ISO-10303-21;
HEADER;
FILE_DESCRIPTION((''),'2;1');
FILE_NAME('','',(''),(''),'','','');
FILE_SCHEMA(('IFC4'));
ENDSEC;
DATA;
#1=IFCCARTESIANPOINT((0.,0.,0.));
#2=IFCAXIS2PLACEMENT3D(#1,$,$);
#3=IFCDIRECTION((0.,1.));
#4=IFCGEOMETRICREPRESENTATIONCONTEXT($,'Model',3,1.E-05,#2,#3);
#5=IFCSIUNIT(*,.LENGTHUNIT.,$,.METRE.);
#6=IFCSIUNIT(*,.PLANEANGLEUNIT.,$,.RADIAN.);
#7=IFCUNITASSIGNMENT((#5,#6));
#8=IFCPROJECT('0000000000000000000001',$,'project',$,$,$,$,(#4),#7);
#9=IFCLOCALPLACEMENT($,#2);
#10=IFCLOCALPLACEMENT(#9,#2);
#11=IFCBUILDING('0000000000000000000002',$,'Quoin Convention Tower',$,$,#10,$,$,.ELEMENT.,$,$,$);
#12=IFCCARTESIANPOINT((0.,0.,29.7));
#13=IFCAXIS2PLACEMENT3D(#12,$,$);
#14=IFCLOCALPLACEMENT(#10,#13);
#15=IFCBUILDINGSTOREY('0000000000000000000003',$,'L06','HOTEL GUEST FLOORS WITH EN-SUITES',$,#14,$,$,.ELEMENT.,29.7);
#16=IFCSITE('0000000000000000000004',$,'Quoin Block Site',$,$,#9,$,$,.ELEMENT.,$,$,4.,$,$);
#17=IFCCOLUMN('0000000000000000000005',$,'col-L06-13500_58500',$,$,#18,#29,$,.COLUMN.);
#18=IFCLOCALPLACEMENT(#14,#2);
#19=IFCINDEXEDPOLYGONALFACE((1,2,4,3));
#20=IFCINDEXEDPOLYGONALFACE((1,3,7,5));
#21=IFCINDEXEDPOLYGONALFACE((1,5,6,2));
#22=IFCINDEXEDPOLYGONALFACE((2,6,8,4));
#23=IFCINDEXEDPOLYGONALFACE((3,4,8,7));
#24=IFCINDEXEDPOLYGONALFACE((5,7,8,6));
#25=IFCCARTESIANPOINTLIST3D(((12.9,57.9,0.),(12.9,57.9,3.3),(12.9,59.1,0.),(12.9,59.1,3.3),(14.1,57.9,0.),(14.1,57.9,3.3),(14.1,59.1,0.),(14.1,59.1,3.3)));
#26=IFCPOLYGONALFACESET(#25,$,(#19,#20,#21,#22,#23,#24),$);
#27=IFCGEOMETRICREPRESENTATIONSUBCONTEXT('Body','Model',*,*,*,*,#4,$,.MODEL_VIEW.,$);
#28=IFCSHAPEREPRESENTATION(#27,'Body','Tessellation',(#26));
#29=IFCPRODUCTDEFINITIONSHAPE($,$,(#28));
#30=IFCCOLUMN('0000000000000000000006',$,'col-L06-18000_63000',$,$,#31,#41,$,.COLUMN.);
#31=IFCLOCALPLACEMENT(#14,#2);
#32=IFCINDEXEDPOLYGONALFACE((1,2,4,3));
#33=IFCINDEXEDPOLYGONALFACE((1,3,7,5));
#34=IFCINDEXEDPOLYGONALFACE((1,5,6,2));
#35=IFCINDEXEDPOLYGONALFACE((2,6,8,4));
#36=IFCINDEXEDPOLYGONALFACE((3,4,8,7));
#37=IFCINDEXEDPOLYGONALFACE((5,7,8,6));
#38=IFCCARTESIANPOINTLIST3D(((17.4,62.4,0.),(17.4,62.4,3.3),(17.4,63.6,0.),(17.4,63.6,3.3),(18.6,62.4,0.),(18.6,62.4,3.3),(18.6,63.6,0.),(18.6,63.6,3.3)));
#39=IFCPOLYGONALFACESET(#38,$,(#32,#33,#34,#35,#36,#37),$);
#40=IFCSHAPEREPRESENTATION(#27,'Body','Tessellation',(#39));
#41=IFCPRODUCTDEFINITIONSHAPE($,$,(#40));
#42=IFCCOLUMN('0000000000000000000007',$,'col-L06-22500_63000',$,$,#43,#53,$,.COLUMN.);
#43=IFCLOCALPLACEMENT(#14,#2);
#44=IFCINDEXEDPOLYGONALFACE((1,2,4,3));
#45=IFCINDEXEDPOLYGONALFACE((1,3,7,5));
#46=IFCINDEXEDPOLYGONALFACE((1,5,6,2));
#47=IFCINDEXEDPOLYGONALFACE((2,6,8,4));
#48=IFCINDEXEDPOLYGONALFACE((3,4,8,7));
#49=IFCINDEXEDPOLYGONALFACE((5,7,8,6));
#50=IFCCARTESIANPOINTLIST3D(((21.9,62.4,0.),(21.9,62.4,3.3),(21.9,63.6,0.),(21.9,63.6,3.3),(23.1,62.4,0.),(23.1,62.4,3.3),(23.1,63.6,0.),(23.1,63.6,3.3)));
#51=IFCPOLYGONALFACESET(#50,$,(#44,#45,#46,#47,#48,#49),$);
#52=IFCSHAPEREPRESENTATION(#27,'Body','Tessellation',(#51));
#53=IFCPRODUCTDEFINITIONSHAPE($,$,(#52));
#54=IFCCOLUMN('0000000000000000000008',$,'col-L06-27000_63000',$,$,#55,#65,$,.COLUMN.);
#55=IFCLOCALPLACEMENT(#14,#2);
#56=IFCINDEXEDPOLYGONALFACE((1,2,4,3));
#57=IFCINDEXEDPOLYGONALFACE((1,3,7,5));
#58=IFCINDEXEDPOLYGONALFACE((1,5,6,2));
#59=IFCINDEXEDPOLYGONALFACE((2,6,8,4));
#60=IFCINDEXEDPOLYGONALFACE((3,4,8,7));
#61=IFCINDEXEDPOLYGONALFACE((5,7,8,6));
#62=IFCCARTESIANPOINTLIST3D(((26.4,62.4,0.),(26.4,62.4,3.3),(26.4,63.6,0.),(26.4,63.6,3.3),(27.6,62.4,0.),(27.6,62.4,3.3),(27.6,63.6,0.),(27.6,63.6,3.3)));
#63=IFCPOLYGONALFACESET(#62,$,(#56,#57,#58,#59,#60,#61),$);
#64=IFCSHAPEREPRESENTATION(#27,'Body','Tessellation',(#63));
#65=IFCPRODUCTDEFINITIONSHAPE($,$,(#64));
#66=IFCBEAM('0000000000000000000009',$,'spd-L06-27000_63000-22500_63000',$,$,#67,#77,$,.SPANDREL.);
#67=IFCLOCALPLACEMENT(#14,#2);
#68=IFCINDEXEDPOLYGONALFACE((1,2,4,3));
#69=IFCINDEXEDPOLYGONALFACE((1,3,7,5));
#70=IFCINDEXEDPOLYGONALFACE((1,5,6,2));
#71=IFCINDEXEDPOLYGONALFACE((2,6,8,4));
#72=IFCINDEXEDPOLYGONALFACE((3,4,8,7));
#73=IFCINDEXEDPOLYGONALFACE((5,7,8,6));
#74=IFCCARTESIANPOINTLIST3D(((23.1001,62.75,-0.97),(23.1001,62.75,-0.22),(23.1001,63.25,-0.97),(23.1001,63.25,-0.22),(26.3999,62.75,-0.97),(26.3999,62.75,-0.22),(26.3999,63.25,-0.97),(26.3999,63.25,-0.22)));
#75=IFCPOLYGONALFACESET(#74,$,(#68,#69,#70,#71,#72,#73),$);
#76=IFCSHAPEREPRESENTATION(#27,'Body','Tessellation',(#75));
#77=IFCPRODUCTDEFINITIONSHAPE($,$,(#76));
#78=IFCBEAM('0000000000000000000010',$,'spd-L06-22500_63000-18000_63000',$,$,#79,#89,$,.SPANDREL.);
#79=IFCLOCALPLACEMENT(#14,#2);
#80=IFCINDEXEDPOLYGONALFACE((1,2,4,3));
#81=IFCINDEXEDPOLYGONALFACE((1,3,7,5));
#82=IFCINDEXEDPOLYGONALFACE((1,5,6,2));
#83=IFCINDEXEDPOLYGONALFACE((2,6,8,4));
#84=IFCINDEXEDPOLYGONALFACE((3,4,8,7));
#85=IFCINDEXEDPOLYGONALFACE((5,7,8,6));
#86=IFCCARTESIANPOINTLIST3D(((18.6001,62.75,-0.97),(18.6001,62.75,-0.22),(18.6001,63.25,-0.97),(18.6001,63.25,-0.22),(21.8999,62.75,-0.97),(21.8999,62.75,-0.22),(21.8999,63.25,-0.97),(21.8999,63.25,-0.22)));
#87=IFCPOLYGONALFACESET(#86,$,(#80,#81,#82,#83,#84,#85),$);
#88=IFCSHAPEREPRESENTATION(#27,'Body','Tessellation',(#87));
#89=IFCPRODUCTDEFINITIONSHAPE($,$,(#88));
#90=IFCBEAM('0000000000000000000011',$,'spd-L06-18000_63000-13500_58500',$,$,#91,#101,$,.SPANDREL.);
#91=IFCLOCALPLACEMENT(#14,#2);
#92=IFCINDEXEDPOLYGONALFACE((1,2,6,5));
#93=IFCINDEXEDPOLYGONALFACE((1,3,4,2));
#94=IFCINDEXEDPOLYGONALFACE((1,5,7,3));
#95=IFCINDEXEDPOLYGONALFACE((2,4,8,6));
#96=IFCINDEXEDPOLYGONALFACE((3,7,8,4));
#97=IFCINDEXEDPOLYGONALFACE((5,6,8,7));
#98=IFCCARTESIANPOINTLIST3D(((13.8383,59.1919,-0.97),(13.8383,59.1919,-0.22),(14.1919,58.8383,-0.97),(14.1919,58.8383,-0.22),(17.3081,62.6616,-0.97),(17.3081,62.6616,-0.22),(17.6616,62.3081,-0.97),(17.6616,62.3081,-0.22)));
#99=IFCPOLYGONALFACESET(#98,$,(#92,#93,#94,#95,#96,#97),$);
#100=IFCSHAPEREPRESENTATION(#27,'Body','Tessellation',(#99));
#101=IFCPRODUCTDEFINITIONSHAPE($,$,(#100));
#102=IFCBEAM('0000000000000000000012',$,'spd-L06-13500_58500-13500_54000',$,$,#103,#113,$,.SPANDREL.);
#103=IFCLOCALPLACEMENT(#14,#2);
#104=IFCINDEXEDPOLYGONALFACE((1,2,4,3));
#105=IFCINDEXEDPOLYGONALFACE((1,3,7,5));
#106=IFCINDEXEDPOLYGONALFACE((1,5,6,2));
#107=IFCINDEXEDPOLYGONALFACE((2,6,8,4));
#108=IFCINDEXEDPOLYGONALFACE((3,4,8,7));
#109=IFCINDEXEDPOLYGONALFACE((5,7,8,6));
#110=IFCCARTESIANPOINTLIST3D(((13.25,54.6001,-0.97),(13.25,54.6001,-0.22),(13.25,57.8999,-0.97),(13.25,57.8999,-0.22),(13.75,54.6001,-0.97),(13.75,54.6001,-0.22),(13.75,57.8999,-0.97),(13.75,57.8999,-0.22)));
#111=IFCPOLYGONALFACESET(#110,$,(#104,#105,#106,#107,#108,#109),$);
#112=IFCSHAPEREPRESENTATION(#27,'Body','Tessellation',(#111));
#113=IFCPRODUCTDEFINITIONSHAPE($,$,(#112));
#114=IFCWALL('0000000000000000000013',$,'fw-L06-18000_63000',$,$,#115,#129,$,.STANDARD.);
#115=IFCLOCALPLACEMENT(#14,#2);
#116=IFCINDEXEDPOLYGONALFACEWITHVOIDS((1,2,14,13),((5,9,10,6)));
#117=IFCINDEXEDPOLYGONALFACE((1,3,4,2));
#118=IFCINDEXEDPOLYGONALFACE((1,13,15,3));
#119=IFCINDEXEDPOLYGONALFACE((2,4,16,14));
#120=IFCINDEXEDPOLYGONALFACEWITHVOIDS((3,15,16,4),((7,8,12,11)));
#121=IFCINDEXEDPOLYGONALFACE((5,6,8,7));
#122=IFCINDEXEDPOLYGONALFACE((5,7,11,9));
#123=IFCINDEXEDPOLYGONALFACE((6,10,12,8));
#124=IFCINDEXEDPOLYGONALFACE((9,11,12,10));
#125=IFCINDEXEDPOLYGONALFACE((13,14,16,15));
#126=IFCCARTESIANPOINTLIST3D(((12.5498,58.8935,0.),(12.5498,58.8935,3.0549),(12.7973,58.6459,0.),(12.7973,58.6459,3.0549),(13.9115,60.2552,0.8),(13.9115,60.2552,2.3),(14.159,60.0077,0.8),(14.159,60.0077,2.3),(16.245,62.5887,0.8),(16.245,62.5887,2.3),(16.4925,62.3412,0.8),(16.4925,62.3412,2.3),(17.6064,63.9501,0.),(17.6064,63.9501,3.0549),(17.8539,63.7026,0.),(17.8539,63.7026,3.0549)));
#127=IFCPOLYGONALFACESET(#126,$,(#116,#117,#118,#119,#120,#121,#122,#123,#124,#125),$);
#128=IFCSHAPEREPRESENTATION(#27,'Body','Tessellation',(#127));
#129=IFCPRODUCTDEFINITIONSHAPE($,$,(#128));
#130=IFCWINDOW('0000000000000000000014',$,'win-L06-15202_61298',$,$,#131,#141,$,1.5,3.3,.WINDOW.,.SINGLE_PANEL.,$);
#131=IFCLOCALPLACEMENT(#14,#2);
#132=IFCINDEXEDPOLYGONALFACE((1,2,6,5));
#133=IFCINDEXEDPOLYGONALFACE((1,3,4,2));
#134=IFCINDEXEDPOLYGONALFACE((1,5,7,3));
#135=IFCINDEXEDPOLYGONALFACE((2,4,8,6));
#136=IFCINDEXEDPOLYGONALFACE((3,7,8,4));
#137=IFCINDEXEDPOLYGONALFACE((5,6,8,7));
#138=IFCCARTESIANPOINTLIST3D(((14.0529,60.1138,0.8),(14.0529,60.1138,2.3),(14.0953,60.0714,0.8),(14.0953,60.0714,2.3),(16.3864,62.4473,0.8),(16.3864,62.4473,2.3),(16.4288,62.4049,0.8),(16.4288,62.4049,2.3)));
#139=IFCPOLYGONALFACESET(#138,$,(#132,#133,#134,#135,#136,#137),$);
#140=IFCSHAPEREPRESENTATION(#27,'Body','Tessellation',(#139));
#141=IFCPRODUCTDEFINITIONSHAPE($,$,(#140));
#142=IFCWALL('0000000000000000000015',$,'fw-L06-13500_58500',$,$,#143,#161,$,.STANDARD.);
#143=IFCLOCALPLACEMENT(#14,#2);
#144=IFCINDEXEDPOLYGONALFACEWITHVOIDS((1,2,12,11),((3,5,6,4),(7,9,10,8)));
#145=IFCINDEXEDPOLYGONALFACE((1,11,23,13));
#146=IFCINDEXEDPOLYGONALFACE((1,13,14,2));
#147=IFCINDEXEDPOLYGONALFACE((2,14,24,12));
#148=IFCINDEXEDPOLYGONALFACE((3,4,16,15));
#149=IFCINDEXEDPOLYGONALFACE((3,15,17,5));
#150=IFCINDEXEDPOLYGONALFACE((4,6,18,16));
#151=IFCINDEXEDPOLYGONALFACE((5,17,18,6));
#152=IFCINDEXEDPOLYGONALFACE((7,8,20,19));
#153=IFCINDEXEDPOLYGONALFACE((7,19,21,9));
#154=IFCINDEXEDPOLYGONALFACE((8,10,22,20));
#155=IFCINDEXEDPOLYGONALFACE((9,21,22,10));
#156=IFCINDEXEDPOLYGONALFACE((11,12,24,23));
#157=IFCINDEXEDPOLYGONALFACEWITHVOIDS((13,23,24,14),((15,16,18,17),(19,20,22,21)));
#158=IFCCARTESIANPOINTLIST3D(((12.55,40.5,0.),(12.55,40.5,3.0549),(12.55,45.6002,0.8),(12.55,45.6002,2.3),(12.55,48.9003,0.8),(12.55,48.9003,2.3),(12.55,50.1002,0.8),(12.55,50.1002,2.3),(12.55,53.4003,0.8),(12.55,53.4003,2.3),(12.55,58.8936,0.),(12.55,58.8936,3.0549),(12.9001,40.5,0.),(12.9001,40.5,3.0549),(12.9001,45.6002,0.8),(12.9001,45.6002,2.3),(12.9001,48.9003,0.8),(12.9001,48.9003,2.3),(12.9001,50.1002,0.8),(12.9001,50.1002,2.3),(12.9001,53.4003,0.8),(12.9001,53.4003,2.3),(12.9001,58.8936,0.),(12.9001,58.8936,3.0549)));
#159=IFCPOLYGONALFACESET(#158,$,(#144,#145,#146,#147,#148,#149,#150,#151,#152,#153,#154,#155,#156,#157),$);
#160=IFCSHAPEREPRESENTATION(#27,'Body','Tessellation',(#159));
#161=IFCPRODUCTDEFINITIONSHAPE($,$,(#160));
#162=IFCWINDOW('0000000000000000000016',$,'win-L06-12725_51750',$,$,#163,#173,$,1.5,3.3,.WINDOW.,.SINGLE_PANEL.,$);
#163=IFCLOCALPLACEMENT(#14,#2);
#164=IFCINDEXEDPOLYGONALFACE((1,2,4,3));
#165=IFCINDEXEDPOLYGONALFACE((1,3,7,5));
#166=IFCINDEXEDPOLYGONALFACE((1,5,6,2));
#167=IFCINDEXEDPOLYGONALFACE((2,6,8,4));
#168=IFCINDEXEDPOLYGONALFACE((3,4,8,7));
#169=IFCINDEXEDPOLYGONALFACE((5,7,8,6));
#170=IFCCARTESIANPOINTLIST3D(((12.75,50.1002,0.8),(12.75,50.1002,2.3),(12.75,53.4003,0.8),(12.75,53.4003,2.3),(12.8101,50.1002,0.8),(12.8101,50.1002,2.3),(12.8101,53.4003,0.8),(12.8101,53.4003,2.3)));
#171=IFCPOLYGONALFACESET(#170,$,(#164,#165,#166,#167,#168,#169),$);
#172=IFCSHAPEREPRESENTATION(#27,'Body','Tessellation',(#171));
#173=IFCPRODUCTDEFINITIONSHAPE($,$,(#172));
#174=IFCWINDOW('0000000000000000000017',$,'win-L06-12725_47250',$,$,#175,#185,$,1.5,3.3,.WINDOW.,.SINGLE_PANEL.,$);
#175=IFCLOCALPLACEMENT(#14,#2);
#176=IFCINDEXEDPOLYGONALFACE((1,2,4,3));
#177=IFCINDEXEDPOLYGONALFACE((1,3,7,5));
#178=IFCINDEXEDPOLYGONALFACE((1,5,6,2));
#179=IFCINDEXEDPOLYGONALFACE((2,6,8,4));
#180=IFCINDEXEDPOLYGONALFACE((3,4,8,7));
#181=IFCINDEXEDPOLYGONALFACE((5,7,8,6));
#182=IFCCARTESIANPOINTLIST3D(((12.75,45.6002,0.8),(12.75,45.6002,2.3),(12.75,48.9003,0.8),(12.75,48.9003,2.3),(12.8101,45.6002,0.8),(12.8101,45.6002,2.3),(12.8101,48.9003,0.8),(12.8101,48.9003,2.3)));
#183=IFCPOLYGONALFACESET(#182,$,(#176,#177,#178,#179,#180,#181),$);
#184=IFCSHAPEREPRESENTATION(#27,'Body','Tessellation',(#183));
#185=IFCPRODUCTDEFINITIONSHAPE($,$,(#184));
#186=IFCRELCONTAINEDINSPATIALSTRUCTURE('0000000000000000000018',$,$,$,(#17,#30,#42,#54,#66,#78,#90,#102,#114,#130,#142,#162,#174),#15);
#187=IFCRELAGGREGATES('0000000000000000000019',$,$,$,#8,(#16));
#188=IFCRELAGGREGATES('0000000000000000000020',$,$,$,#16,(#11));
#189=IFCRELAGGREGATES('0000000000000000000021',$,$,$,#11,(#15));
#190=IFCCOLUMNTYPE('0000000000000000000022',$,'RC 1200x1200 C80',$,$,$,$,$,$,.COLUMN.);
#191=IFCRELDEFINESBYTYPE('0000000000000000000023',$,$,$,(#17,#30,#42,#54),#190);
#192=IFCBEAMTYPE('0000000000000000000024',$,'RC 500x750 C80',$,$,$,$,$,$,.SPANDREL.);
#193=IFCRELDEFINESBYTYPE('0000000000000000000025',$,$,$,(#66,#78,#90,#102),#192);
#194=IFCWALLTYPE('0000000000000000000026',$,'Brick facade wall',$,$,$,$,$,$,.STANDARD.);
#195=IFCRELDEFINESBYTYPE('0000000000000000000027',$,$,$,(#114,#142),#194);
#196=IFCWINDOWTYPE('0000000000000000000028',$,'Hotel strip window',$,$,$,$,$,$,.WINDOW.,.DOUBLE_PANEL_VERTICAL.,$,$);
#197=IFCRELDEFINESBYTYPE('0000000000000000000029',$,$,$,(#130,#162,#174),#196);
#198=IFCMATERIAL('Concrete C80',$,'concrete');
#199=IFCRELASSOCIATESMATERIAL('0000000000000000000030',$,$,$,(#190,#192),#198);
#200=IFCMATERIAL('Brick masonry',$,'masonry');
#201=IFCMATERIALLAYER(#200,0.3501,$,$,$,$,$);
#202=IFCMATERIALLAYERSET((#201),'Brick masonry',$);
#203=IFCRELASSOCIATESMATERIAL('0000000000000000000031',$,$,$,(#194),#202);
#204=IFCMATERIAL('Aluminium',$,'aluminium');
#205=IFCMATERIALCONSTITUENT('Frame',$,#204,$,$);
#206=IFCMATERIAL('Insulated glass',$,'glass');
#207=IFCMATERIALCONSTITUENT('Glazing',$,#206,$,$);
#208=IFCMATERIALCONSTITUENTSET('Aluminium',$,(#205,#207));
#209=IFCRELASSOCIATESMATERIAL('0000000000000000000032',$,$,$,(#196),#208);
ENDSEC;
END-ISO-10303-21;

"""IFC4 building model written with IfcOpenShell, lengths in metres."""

from ifc_helpers import new_model, si_unit, direction, frame, frame_2d, origin, origin_2d, place, context, subcontext, project, spatial, rectangle, extrude, material, layer, layer_set, constituent, constituent_set, material_profile, profile_set, type_object, element, fill, save


model = new_model("IFC4")

# Units and contexts
model_context = context("Model", 3, precision=1e-05, world=origin(), true_north=direction((0.0, 1.0)))
body_context = subcontext(model_context, "Body", "Model", "MODEL_VIEW")
ifc_project = project(units=[si_unit("LENGTHUNIT", "METRE"), si_unit("PLANEANGLEUNIT", "RADIAN")], contexts=[model_context])

# Site, building, storey
site_placement = place(None, origin())
site = spatial("IfcSite", under=ifc_project, at=site_placement, Name="Quoin Block Site", CompositionType="ELEMENT", RefElevation=4.0)
building_placement = place(site_placement, origin())
building = spatial("IfcBuilding", under=site, at=building_placement, Name="Quoin Convention Tower", CompositionType="ELEMENT")
storey_placement = place(building_placement, frame((0.0, 0.0, 29.7)))
storey = spatial("IfcBuildingStorey", under=building, at=storey_placement, Name="L06", Description="HOTEL GUEST FLOORS WITH EN-SUITES", CompositionType="ELEMENT", Elevation=29.7)

# Columns
ifc_material_1 = material(Name="Concrete C80", Category="concrete")
ifc_material_profile_1 = material_profile(ifc_material_1, rectangle(XDim=1.2, YDim=1.2, at=origin_2d()), Name="RC 1200x1200")
ifc_profile_set_1 = profile_set([ifc_material_profile_1], Name="Concrete C80")
column_type = type_object("IfcColumnType", Name="RC 1200x1200 C80", PredefinedType="COLUMN", material=ifc_profile_set_1)
for number, where, z_axis, x_axis, name in (
    (1, (13.5, 58.5, 0.0), (0.0, 0.0, 1.0), (1.0, 0.0, 0.0), "col-L06-13500_58500"),
    (2, (18.0, 63.0, 0.0), (0.0, 0.0, 1.0), (1.0, 0.0, 0.0), "col-L06-18000_63000"),
    (3, (22.5, 63.0, 0.0), (0.0, 0.0, 1.0), (1.0, 0.0, 0.0), "col-L06-22500_63000"),
    (4, (27.0, 63.0, 0.0), (0.0, 0.0, 1.0), (1.0, 0.0, 0.0), "col-L06-27000_63000"),
):
    element("IfcColumn", number, at=place(storey_placement, frame(where, z_axis=z_axis, x_axis=x_axis)), inside=storey, type_object=column_type, Name=name, PredefinedType="COLUMN", context=body_context, shape_type="SweptSolid", body=[
        extrude(rectangle(XDim=1.2, YDim=1.2, at=origin_2d()), origin(), (0.0, 0.0, 1.0), 3.3),
    ])

# Beams
ifc_material_profile_2 = material_profile(ifc_material_1, rectangle(XDim=0.5, YDim=0.75, at=origin_2d()), Name="RC 500x750")
ifc_profile_set_2 = profile_set([ifc_material_profile_2], Name="Concrete C80")
beam_type = type_object("IfcBeamType", Name="RC 500x750 C80", PredefinedType="SPANDREL", material=ifc_profile_set_2)
for number, where, z_axis, x_axis, name in (
    (5, (26.3999, 63.0, -0.595), (-1.0, 0.0, 0.0), (0.0, -1.0, 0.0), "spd-L06-27000_63000-22500_63000"),
    (6, (21.8999, 63.0, -0.595), (-1.0, 0.0, 0.0), (0.0, -1.0, 0.0), "spd-L06-22500_63000-18000_63000"),
):
    element("IfcBeam", number, at=place(storey_placement, frame(where, z_axis=z_axis, x_axis=x_axis)), inside=storey, type_object=beam_type, Name=name, PredefinedType="SPANDREL", context=body_context, shape_type="SweptSolid", body=[
        extrude(rectangle(XDim=0.5, YDim=0.75, at=origin_2d()), origin(), (0.0, 0.0, 1.0), 3.2998),
    ])
beam_1_placement = place(storey_placement, frame((17.4849, 62.4849, -0.595), z_axis=(-0.707107, -0.707107, 0.0), x_axis=(0.707107, -0.707107, 0.0)))
element("IfcBeam", 7, at=beam_1_placement, inside=storey, type_object=beam_type, Name="spd-L06-18000_63000-13500_58500", PredefinedType="SPANDREL", context=body_context, shape_type="SweptSolid", body=[
    extrude(rectangle(XDim=0.5, YDim=0.75, at=origin_2d()), origin(), (0.0, 0.0, 1.0), 4.907),
])
beam_2_placement = place(storey_placement, frame((13.5, 57.8999, -0.595), z_axis=(0.0, -1.0, 0.0), x_axis=(1.0, 0.0, 0.0)))
element("IfcBeam", 8, at=beam_2_placement, inside=storey, type_object=beam_type, Name="spd-L06-13500_58500-13500_54000", PredefinedType="SPANDREL", context=body_context, shape_type="SweptSolid", body=[
    extrude(rectangle(XDim=0.5, YDim=0.75, at=origin_2d()), origin(), (0.0, 0.0, 1.0), 3.2998),
])

# Wall, opening, window
ifc_material_2 = material(Name="Brick masonry", Category="masonry")
ifc_layer_1 = layer(ifc_material_2, 0.3501)
ifc_layer_set_1 = layer_set([ifc_layer_1], Name="Brick masonry")
wall_type_1 = type_object("IfcWallType", Name="Brick facade wall", PredefinedType="STANDARD", material=ifc_layer_set_1)
wall_1_placement = place(storey_placement, frame((17.7302, 63.8264, 0.0), z_axis=(0.0, 0.0, 1.0), x_axis=(-0.707107, -0.707107, 0.0)))
wall_1 = element("IfcWall", 9, at=wall_1_placement, inside=storey, type_object=wall_type_1, Name="fw-L06-18000_63000", PredefinedType="STANDARD", context=body_context, shape_type="SweptSolid", body=[
    extrude(rectangle(XDim=7.1511, YDim=0.3501, at=frame_2d((3.5757, 0.0))), origin(), (0.0, 0.0, 1.0), 3.0549),
])
opening_1_placement = place(wall_1_placement, frame((1.9255, 0.0, 0.8)))
opening_1 = element("IfcOpeningElement", 10, at=opening_1_placement, cuts=wall_1, PredefinedType="OPENING", context=body_context, shape_type="SweptSolid", body=[
    extrude(rectangle(XDim=3.3, YDim=1.5, at=frame_2d((1.6499, 0.75))), frame((0.0, 0.1851, 0.0), z_axis=(0.0, -1.0, 0.0), x_axis=(1.0, 0.0, 0.0)), (0.0, 0.0, 1.0), 0.3701),
])
ifc_material_3 = material(Name="Aluminium", Category="aluminium")
ifc_constituent_1 = constituent(ifc_material_3, Name="Frame")
ifc_material_4 = material(Name="Insulated glass", Category="glass")
ifc_constituent_2 = constituent(ifc_material_4, Name="Glazing")
ifc_constituent_set = constituent_set(constituents=[ifc_constituent_1, ifc_constituent_2], Name="Aluminium")
window_type = type_object("IfcWindowType", Name="Hotel strip window", PartitioningType="DOUBLE_PANEL_VERTICAL", PredefinedType="WINDOW", material=ifc_constituent_set)
window_1_placement = place(opening_1_placement, origin())
window_1 = element("IfcWindow", 11, at=window_1_placement, inside=storey, type_object=window_type, Name="win-L06-15202_61298", OverallHeight=1.5, OverallWidth=3.3, PartitioningType="SINGLE_PANEL", PredefinedType="WINDOW", context=body_context, shape_type="SweptSolid", body=[
    extrude(rectangle(XDim=3.3, YDim=1.5, at=frame_2d((1.6499, 0.75))), frame((0.0, 0.085, 0.0), z_axis=(0.0, -1.0, 0.0), x_axis=(1.0, 0.0, 0.0)), (0.0, 0.0, 1.0), 0.0601),
])
fill(opening_1, window_1)

# Wall, openings, windows
wall_2_placement = place(storey_placement, frame((12.7251, 58.8936, 0.0), z_axis=(0.0, 0.0, 1.0), x_axis=(0.0, -1.0, 0.0)))
wall_2 = element("IfcWall", 12, at=wall_2_placement, inside=storey, type_object=wall_type_1, Name="fw-L06-13500_58500", PredefinedType="STANDARD", context=body_context, shape_type="SweptSolid", body=[
    extrude(rectangle(XDim=18.3936, YDim=0.3501, at=frame_2d((9.1968, 0.0))), origin(), (0.0, 0.0, 1.0), 3.0549),
])
opening_2_placement = place(wall_2_placement, frame((5.4934, 0.0, 0.8)))
opening_2 = element("IfcOpeningElement", 13, at=opening_2_placement, cuts=wall_2, PredefinedType="OPENING", context=body_context, shape_type="SweptSolid", body=[
    extrude(rectangle(XDim=3.3, YDim=1.5, at=frame_2d((1.6499, 0.75))), frame((0.0, 0.1851, 0.0), z_axis=(0.0, -1.0, 0.0), x_axis=(1.0, 0.0, 0.0)), (0.0, 0.0, 1.0), 0.3701),
])
opening_3_placement = place(wall_2_placement, frame((9.9934, 0.0, 0.8)))
opening_3 = element("IfcOpeningElement", 14, at=opening_3_placement, cuts=wall_2, PredefinedType="OPENING", context=body_context, shape_type="SweptSolid", body=[
    extrude(rectangle(XDim=3.3, YDim=1.5, at=frame_2d((1.6499, 0.75))), frame((0.0, 0.1851, 0.0), z_axis=(0.0, -1.0, 0.0), x_axis=(1.0, 0.0, 0.0)), (0.0, 0.0, 1.0), 0.3701),
])
window_2_placement = place(opening_2_placement, origin())
window_2 = element("IfcWindow", 15, at=window_2_placement, inside=storey, type_object=window_type, Name="win-L06-12725_51750", OverallHeight=1.5, OverallWidth=3.3, PartitioningType="SINGLE_PANEL", PredefinedType="WINDOW", context=body_context, shape_type="SweptSolid", body=[
    extrude(rectangle(XDim=3.3, YDim=1.5, at=frame_2d((1.6499, 0.75))), frame((0.0, 0.085, 0.0), z_axis=(0.0, -1.0, 0.0), x_axis=(1.0, 0.0, 0.0)), (0.0, 0.0, 1.0), 0.0601),
])
fill(opening_2, window_2)
window_3_placement = place(opening_3_placement, origin())
window_3 = element("IfcWindow", 16, at=window_3_placement, inside=storey, type_object=window_type, Name="win-L06-12725_47250", OverallHeight=1.5, OverallWidth=3.3, PartitioningType="SINGLE_PANEL", PredefinedType="WINDOW", context=body_context, shape_type="SweptSolid", body=[
    extrude(rectangle(XDim=3.3, YDim=1.5, at=frame_2d((1.6499, 0.75))), frame((0.0, 0.085, 0.0), z_axis=(0.0, -1.0, 0.0), x_axis=(1.0, 0.0, 0.0)), (0.0, 0.0, 1.0), 0.0601),
])
fill(opening_3, window_3)

save(model, "model.ifc")
